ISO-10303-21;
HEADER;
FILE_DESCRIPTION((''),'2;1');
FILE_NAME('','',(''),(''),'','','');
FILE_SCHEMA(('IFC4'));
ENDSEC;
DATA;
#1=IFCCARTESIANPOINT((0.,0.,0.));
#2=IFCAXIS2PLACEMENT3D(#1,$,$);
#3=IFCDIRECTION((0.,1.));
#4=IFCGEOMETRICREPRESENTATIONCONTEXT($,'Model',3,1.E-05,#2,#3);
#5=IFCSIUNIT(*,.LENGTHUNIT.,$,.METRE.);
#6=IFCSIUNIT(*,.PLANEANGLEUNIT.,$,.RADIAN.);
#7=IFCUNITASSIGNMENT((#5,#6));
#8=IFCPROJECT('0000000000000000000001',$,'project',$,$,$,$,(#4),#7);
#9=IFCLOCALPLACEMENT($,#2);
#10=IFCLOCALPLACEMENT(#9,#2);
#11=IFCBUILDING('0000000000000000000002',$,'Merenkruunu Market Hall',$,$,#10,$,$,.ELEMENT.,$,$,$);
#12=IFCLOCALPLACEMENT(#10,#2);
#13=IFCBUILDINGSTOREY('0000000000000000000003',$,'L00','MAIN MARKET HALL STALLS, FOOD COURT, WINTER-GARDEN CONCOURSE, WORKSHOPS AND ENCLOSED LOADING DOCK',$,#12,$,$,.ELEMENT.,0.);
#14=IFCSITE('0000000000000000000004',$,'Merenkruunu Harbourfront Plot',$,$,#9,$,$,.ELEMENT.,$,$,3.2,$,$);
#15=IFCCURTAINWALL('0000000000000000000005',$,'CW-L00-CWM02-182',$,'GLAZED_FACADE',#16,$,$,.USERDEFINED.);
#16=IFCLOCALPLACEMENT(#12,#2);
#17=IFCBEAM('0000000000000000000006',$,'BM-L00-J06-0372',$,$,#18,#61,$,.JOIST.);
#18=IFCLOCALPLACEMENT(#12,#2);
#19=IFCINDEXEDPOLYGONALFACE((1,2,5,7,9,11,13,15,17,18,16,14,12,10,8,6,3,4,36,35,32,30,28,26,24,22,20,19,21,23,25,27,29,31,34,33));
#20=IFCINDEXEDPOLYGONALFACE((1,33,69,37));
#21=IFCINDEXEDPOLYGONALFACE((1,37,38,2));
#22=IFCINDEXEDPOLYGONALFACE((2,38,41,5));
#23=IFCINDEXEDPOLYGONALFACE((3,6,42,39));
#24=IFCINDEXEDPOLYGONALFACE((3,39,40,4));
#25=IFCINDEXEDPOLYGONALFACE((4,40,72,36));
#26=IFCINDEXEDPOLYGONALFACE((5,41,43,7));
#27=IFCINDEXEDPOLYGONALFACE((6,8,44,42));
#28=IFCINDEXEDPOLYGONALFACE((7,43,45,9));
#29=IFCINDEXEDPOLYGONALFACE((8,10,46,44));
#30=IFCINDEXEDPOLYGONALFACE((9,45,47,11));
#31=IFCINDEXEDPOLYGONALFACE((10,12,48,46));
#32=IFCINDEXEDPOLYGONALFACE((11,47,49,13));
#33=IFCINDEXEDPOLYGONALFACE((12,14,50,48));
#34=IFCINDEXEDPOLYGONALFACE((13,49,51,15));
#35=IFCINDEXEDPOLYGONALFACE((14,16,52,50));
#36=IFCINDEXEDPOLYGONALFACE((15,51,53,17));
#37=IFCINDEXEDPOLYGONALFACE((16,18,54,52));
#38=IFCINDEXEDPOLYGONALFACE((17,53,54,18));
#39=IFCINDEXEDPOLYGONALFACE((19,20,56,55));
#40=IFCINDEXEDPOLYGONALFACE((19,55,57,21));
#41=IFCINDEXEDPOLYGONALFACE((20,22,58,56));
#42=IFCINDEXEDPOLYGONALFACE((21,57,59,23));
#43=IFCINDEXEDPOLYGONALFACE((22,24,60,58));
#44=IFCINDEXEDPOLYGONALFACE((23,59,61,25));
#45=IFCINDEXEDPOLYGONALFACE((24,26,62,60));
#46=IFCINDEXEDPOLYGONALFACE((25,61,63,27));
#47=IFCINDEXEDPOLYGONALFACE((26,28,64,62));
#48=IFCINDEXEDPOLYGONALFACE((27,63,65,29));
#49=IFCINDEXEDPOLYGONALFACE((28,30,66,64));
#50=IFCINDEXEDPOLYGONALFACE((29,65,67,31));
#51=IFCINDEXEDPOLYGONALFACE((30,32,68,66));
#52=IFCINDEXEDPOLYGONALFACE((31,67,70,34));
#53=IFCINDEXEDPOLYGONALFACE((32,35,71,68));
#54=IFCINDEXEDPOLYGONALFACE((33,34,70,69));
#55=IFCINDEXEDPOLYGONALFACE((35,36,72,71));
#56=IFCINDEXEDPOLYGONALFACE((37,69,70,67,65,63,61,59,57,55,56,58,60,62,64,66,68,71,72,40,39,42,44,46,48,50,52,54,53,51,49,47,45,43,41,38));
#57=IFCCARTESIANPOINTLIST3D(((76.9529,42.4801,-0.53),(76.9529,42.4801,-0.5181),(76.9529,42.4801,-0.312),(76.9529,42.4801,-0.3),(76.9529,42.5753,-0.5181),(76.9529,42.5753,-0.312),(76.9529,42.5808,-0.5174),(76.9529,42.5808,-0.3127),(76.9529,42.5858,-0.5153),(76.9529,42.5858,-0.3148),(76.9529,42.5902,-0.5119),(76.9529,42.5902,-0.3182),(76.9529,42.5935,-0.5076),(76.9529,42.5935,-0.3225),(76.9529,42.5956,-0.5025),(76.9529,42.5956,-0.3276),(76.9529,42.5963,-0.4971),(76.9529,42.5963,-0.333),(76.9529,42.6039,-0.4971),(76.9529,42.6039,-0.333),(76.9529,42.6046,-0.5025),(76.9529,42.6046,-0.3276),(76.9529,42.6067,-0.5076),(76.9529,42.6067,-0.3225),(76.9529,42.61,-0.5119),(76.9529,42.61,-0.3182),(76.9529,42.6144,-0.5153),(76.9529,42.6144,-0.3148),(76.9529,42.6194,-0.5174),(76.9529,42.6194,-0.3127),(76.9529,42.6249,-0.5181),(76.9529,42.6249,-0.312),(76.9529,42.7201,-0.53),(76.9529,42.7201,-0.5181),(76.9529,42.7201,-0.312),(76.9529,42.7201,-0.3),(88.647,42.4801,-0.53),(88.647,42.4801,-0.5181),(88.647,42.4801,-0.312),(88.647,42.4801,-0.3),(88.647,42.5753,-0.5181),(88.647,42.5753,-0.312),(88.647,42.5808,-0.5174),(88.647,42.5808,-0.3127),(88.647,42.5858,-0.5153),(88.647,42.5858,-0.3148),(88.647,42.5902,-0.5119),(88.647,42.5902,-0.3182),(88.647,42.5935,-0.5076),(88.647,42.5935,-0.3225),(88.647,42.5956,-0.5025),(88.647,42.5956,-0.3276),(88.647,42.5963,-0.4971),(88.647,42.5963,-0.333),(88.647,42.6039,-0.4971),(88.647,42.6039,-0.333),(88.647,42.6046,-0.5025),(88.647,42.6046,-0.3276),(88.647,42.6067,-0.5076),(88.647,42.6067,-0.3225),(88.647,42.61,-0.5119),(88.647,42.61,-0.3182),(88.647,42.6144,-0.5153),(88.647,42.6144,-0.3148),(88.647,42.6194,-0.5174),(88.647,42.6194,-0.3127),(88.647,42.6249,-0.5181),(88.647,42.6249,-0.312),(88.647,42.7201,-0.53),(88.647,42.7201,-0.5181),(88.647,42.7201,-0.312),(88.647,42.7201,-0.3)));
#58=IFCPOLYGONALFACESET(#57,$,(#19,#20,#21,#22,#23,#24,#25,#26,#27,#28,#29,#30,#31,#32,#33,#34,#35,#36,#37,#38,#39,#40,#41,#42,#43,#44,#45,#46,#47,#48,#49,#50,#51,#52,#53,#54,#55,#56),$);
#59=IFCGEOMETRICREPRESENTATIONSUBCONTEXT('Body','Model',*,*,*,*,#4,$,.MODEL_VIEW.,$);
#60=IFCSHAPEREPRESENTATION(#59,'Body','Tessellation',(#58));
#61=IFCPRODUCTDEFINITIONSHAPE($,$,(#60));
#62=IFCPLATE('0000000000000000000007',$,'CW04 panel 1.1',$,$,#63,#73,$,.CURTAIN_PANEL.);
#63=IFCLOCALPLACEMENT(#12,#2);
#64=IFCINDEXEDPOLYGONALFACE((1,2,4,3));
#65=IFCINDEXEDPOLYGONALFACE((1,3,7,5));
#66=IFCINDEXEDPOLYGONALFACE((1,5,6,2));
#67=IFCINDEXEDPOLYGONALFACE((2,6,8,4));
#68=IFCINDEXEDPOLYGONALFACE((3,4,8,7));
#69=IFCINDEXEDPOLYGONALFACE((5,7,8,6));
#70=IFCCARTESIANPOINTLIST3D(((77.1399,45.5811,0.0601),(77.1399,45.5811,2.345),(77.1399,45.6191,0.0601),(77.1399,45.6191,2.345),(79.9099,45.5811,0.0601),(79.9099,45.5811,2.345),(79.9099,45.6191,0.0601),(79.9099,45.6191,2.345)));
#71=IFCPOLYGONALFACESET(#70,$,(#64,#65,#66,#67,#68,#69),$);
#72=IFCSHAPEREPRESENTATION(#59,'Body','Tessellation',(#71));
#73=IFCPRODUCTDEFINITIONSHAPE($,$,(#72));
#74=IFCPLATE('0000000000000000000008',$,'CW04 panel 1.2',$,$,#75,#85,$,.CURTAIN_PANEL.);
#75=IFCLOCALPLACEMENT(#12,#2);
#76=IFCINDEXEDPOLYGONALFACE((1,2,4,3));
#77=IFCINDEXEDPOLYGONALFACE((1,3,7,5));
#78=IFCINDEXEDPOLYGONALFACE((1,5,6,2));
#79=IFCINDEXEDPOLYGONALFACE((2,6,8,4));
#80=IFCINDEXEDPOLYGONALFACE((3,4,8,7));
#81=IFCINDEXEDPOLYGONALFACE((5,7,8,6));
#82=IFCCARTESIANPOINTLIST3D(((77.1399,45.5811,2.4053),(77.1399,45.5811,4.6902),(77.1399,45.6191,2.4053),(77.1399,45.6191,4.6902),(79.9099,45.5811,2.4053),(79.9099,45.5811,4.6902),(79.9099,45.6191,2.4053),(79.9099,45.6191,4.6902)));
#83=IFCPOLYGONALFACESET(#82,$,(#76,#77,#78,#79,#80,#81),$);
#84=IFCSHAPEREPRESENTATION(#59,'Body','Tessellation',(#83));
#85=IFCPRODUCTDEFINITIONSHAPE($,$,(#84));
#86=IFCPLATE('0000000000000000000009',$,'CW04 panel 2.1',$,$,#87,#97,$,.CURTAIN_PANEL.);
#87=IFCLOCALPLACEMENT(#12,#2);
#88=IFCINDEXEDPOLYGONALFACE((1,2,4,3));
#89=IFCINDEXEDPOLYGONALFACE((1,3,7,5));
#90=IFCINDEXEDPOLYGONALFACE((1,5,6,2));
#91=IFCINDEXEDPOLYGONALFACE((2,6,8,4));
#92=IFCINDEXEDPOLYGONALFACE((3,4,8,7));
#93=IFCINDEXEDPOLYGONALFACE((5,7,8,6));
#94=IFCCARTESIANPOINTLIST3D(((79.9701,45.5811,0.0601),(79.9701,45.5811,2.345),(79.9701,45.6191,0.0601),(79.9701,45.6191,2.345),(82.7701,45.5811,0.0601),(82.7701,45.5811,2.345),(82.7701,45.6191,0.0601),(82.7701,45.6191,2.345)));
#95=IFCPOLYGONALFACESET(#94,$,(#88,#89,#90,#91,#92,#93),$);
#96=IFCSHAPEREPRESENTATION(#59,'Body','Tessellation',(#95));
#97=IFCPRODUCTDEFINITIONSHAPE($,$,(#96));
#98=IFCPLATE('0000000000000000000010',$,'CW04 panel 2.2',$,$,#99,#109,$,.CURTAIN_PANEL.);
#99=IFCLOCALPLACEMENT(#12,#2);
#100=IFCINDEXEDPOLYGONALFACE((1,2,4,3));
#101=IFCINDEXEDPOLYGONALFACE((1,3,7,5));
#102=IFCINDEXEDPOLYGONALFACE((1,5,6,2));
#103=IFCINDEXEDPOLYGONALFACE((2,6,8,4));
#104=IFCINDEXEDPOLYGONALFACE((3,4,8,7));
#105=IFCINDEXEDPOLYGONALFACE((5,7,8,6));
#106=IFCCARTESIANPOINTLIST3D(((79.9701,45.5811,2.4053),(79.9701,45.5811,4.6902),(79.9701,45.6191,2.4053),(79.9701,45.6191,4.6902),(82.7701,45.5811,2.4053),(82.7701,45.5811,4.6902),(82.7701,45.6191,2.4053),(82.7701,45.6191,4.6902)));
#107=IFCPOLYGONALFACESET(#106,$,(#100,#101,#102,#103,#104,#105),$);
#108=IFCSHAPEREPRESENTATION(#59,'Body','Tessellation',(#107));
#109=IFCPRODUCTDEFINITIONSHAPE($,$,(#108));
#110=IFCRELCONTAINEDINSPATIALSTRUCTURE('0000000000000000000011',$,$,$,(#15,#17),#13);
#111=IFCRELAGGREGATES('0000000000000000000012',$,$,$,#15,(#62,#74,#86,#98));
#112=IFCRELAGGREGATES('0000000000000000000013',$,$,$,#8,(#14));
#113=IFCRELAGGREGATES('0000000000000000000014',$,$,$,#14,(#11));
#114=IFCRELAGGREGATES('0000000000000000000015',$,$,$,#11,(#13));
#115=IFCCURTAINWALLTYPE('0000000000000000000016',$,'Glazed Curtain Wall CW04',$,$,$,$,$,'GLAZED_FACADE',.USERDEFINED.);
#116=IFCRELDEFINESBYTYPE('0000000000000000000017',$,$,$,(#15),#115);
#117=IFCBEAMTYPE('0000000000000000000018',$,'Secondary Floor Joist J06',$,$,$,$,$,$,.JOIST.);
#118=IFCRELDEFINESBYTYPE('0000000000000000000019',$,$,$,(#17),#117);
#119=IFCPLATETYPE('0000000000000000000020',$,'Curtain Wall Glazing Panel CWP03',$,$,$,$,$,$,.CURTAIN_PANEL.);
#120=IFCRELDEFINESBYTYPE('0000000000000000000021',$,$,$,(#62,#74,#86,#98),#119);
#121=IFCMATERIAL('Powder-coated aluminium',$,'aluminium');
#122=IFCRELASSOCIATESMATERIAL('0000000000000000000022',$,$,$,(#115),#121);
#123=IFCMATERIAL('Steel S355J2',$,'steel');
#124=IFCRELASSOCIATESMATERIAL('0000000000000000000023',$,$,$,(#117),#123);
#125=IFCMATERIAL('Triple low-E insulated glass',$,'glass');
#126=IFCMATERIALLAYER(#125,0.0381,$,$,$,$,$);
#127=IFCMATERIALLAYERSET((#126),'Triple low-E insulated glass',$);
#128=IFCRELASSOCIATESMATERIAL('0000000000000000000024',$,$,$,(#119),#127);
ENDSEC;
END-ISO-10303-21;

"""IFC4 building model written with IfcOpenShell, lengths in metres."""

from ifc_helpers import new_model, si_unit, direction, frame, origin, origin_2d, place, context, subcontext, project, spatial, rectangle, i_section, extrude, material, layer, layer_set, material_profile, profile_set, type_object, element, aggregate, save


model = new_model("IFC4")

# Units and contexts
model_context = context("Model", 3, precision=1e-05, world=origin(), true_north=direction((0.0, 1.0)))
body_context = subcontext(model_context, "Body", "Model", "MODEL_VIEW")
ifc_project = project(units=[si_unit("LENGTHUNIT", "METRE"), si_unit("PLANEANGLEUNIT", "RADIAN")], contexts=[model_context])

# Site, building, storey
site_placement = place(None, origin())
site = spatial("IfcSite", under=ifc_project, at=site_placement, Name="Merenkruunu Harbourfront Plot", CompositionType="ELEMENT", RefElevation=3.2)
building_placement = place(site_placement, origin())
building = spatial("IfcBuilding", under=site, at=building_placement, Name="Merenkruunu Market Hall", CompositionType="ELEMENT")
storey_placement = place(building_placement, origin())
storey = spatial("IfcBuildingStorey", under=building, at=storey_placement, Name="L00", Description="MAIN MARKET HALL STALLS, FOOD COURT, WINTER-GARDEN CONCOURSE, WORKSHOPS AND ENCLOSED LOADING DOCK", CompositionType="ELEMENT", Elevation=0.0)

# Curtain wall
ifc_material_1 = material(Name="Powder-coated aluminium", Category="aluminium")
curtain_wall_type = type_object("IfcCurtainWallType", Name="Glazed Curtain Wall CW04", ElementType="GLAZED_FACADE", PredefinedType="USERDEFINED", material=ifc_material_1)
curtain_wall_placement = place(storey_placement, origin())
curtain_wall = element("IfcCurtainWall", 1, at=curtain_wall_placement, inside=storey, type_object=curtain_wall_type, Name="CW-L00-CWM02-182", ObjectType="GLAZED_FACADE", PredefinedType="USERDEFINED")

# Beam
ifc_material_2 = material(Name="Steel S355J2", Category="steel")
ifc_material_profile_1 = material_profile(ifc_material_2, i_section(OverallWidth=0.24, OverallDepth=0.23, WebThickness=0.0076, FlangeThickness=0.012, FilletRadius=0.021, at=origin_2d()), Name="HEA 240")
ifc_profile_set_1 = profile_set([ifc_material_profile_1], Name="Steel S355J2")
beam_type = type_object("IfcBeamType", Name="Secondary Floor Joist J06", PredefinedType="JOIST", material=ifc_profile_set_1)
beam_placement = place(storey_placement, frame((76.9529, 42.6001, -0.415), z_axis=(1.0, 0.0, 0.0), x_axis=(0.0, 1.0, 0.0)))
element("IfcBeam", 2, at=beam_placement, inside=storey, type_object=beam_type, Name="BM-L00-J06-0372", PredefinedType="JOIST", context=body_context, shape_type="SweptSolid", body=[
    extrude(i_section(OverallWidth=0.24, OverallDepth=0.23, WebThickness=0.0076, FlangeThickness=0.012, FilletRadius=0.021, at=origin_2d()), origin(), (0.0, 0.0, 1.0), 11.6941),
])

# Plates
ifc_material_3 = material(Name="Triple low-E insulated glass", Category="glass")
ifc_layer_1 = layer(ifc_material_3, 0.0381)
ifc_layer_set_1 = layer_set([ifc_layer_1], Name="Triple low-E insulated glass")
plate_type = type_object("IfcPlateType", Name="Curtain Wall Glazing Panel CWP03", PredefinedType="CURTAIN_PANEL", material=ifc_layer_set_1)
plate_1_placement = place(storey_placement, frame((78.5249, 45.6001, 0.0601), z_axis=(0.0, 0.0, 1.0), x_axis=(1.0, 0.0, 0.0)))
plate_1 = element("IfcPlate", 3, at=plate_1_placement, type_object=plate_type, Name="CW04 panel 1.1", PredefinedType="CURTAIN_PANEL", context=body_context, shape_type="SweptSolid", body=[
    extrude(rectangle(XDim=2.77, YDim=0.0381, at=origin_2d()), origin(), (0.0, 0.0, 1.0), 2.2849),
])
plate_2_placement = place(storey_placement, frame((78.5249, 45.6001, 2.4053), z_axis=(0.0, 0.0, 1.0), x_axis=(1.0, 0.0, 0.0)))
plate_2 = element("IfcPlate", 4, at=plate_2_placement, type_object=plate_type, Name="CW04 panel 1.2", PredefinedType="CURTAIN_PANEL", context=body_context, shape_type="SweptSolid", body=[
    extrude(rectangle(XDim=2.77, YDim=0.0381, at=origin_2d()), origin(), (0.0, 0.0, 1.0), 2.2849),
])
plate_3_placement = place(storey_placement, frame((81.3701, 45.6001, 0.0601), z_axis=(0.0, 0.0, 1.0), x_axis=(1.0, 0.0, 0.0)))
plate_3 = element("IfcPlate", 5, at=plate_3_placement, type_object=plate_type, Name="CW04 panel 2.1", PredefinedType="CURTAIN_PANEL", context=body_context, shape_type="SweptSolid", body=[
    extrude(rectangle(XDim=2.8, YDim=0.0381, at=origin_2d()), origin(), (0.0, 0.0, 1.0), 2.2849),
])
plate_4_placement = place(storey_placement, frame((81.3701, 45.6001, 2.4053), z_axis=(0.0, 0.0, 1.0), x_axis=(1.0, 0.0, 0.0)))
plate_4 = element("IfcPlate", 6, at=plate_4_placement, type_object=plate_type, Name="CW04 panel 2.2", PredefinedType="CURTAIN_PANEL", context=body_context, shape_type="SweptSolid", body=[
    extrude(rectangle(XDim=2.8, YDim=0.0381, at=origin_2d()), origin(), (0.0, 0.0, 1.0), 2.2849),
])
aggregate(curtain_wall, [plate_1, plate_2, plate_3, plate_4])

save(model, "model.ifc")
